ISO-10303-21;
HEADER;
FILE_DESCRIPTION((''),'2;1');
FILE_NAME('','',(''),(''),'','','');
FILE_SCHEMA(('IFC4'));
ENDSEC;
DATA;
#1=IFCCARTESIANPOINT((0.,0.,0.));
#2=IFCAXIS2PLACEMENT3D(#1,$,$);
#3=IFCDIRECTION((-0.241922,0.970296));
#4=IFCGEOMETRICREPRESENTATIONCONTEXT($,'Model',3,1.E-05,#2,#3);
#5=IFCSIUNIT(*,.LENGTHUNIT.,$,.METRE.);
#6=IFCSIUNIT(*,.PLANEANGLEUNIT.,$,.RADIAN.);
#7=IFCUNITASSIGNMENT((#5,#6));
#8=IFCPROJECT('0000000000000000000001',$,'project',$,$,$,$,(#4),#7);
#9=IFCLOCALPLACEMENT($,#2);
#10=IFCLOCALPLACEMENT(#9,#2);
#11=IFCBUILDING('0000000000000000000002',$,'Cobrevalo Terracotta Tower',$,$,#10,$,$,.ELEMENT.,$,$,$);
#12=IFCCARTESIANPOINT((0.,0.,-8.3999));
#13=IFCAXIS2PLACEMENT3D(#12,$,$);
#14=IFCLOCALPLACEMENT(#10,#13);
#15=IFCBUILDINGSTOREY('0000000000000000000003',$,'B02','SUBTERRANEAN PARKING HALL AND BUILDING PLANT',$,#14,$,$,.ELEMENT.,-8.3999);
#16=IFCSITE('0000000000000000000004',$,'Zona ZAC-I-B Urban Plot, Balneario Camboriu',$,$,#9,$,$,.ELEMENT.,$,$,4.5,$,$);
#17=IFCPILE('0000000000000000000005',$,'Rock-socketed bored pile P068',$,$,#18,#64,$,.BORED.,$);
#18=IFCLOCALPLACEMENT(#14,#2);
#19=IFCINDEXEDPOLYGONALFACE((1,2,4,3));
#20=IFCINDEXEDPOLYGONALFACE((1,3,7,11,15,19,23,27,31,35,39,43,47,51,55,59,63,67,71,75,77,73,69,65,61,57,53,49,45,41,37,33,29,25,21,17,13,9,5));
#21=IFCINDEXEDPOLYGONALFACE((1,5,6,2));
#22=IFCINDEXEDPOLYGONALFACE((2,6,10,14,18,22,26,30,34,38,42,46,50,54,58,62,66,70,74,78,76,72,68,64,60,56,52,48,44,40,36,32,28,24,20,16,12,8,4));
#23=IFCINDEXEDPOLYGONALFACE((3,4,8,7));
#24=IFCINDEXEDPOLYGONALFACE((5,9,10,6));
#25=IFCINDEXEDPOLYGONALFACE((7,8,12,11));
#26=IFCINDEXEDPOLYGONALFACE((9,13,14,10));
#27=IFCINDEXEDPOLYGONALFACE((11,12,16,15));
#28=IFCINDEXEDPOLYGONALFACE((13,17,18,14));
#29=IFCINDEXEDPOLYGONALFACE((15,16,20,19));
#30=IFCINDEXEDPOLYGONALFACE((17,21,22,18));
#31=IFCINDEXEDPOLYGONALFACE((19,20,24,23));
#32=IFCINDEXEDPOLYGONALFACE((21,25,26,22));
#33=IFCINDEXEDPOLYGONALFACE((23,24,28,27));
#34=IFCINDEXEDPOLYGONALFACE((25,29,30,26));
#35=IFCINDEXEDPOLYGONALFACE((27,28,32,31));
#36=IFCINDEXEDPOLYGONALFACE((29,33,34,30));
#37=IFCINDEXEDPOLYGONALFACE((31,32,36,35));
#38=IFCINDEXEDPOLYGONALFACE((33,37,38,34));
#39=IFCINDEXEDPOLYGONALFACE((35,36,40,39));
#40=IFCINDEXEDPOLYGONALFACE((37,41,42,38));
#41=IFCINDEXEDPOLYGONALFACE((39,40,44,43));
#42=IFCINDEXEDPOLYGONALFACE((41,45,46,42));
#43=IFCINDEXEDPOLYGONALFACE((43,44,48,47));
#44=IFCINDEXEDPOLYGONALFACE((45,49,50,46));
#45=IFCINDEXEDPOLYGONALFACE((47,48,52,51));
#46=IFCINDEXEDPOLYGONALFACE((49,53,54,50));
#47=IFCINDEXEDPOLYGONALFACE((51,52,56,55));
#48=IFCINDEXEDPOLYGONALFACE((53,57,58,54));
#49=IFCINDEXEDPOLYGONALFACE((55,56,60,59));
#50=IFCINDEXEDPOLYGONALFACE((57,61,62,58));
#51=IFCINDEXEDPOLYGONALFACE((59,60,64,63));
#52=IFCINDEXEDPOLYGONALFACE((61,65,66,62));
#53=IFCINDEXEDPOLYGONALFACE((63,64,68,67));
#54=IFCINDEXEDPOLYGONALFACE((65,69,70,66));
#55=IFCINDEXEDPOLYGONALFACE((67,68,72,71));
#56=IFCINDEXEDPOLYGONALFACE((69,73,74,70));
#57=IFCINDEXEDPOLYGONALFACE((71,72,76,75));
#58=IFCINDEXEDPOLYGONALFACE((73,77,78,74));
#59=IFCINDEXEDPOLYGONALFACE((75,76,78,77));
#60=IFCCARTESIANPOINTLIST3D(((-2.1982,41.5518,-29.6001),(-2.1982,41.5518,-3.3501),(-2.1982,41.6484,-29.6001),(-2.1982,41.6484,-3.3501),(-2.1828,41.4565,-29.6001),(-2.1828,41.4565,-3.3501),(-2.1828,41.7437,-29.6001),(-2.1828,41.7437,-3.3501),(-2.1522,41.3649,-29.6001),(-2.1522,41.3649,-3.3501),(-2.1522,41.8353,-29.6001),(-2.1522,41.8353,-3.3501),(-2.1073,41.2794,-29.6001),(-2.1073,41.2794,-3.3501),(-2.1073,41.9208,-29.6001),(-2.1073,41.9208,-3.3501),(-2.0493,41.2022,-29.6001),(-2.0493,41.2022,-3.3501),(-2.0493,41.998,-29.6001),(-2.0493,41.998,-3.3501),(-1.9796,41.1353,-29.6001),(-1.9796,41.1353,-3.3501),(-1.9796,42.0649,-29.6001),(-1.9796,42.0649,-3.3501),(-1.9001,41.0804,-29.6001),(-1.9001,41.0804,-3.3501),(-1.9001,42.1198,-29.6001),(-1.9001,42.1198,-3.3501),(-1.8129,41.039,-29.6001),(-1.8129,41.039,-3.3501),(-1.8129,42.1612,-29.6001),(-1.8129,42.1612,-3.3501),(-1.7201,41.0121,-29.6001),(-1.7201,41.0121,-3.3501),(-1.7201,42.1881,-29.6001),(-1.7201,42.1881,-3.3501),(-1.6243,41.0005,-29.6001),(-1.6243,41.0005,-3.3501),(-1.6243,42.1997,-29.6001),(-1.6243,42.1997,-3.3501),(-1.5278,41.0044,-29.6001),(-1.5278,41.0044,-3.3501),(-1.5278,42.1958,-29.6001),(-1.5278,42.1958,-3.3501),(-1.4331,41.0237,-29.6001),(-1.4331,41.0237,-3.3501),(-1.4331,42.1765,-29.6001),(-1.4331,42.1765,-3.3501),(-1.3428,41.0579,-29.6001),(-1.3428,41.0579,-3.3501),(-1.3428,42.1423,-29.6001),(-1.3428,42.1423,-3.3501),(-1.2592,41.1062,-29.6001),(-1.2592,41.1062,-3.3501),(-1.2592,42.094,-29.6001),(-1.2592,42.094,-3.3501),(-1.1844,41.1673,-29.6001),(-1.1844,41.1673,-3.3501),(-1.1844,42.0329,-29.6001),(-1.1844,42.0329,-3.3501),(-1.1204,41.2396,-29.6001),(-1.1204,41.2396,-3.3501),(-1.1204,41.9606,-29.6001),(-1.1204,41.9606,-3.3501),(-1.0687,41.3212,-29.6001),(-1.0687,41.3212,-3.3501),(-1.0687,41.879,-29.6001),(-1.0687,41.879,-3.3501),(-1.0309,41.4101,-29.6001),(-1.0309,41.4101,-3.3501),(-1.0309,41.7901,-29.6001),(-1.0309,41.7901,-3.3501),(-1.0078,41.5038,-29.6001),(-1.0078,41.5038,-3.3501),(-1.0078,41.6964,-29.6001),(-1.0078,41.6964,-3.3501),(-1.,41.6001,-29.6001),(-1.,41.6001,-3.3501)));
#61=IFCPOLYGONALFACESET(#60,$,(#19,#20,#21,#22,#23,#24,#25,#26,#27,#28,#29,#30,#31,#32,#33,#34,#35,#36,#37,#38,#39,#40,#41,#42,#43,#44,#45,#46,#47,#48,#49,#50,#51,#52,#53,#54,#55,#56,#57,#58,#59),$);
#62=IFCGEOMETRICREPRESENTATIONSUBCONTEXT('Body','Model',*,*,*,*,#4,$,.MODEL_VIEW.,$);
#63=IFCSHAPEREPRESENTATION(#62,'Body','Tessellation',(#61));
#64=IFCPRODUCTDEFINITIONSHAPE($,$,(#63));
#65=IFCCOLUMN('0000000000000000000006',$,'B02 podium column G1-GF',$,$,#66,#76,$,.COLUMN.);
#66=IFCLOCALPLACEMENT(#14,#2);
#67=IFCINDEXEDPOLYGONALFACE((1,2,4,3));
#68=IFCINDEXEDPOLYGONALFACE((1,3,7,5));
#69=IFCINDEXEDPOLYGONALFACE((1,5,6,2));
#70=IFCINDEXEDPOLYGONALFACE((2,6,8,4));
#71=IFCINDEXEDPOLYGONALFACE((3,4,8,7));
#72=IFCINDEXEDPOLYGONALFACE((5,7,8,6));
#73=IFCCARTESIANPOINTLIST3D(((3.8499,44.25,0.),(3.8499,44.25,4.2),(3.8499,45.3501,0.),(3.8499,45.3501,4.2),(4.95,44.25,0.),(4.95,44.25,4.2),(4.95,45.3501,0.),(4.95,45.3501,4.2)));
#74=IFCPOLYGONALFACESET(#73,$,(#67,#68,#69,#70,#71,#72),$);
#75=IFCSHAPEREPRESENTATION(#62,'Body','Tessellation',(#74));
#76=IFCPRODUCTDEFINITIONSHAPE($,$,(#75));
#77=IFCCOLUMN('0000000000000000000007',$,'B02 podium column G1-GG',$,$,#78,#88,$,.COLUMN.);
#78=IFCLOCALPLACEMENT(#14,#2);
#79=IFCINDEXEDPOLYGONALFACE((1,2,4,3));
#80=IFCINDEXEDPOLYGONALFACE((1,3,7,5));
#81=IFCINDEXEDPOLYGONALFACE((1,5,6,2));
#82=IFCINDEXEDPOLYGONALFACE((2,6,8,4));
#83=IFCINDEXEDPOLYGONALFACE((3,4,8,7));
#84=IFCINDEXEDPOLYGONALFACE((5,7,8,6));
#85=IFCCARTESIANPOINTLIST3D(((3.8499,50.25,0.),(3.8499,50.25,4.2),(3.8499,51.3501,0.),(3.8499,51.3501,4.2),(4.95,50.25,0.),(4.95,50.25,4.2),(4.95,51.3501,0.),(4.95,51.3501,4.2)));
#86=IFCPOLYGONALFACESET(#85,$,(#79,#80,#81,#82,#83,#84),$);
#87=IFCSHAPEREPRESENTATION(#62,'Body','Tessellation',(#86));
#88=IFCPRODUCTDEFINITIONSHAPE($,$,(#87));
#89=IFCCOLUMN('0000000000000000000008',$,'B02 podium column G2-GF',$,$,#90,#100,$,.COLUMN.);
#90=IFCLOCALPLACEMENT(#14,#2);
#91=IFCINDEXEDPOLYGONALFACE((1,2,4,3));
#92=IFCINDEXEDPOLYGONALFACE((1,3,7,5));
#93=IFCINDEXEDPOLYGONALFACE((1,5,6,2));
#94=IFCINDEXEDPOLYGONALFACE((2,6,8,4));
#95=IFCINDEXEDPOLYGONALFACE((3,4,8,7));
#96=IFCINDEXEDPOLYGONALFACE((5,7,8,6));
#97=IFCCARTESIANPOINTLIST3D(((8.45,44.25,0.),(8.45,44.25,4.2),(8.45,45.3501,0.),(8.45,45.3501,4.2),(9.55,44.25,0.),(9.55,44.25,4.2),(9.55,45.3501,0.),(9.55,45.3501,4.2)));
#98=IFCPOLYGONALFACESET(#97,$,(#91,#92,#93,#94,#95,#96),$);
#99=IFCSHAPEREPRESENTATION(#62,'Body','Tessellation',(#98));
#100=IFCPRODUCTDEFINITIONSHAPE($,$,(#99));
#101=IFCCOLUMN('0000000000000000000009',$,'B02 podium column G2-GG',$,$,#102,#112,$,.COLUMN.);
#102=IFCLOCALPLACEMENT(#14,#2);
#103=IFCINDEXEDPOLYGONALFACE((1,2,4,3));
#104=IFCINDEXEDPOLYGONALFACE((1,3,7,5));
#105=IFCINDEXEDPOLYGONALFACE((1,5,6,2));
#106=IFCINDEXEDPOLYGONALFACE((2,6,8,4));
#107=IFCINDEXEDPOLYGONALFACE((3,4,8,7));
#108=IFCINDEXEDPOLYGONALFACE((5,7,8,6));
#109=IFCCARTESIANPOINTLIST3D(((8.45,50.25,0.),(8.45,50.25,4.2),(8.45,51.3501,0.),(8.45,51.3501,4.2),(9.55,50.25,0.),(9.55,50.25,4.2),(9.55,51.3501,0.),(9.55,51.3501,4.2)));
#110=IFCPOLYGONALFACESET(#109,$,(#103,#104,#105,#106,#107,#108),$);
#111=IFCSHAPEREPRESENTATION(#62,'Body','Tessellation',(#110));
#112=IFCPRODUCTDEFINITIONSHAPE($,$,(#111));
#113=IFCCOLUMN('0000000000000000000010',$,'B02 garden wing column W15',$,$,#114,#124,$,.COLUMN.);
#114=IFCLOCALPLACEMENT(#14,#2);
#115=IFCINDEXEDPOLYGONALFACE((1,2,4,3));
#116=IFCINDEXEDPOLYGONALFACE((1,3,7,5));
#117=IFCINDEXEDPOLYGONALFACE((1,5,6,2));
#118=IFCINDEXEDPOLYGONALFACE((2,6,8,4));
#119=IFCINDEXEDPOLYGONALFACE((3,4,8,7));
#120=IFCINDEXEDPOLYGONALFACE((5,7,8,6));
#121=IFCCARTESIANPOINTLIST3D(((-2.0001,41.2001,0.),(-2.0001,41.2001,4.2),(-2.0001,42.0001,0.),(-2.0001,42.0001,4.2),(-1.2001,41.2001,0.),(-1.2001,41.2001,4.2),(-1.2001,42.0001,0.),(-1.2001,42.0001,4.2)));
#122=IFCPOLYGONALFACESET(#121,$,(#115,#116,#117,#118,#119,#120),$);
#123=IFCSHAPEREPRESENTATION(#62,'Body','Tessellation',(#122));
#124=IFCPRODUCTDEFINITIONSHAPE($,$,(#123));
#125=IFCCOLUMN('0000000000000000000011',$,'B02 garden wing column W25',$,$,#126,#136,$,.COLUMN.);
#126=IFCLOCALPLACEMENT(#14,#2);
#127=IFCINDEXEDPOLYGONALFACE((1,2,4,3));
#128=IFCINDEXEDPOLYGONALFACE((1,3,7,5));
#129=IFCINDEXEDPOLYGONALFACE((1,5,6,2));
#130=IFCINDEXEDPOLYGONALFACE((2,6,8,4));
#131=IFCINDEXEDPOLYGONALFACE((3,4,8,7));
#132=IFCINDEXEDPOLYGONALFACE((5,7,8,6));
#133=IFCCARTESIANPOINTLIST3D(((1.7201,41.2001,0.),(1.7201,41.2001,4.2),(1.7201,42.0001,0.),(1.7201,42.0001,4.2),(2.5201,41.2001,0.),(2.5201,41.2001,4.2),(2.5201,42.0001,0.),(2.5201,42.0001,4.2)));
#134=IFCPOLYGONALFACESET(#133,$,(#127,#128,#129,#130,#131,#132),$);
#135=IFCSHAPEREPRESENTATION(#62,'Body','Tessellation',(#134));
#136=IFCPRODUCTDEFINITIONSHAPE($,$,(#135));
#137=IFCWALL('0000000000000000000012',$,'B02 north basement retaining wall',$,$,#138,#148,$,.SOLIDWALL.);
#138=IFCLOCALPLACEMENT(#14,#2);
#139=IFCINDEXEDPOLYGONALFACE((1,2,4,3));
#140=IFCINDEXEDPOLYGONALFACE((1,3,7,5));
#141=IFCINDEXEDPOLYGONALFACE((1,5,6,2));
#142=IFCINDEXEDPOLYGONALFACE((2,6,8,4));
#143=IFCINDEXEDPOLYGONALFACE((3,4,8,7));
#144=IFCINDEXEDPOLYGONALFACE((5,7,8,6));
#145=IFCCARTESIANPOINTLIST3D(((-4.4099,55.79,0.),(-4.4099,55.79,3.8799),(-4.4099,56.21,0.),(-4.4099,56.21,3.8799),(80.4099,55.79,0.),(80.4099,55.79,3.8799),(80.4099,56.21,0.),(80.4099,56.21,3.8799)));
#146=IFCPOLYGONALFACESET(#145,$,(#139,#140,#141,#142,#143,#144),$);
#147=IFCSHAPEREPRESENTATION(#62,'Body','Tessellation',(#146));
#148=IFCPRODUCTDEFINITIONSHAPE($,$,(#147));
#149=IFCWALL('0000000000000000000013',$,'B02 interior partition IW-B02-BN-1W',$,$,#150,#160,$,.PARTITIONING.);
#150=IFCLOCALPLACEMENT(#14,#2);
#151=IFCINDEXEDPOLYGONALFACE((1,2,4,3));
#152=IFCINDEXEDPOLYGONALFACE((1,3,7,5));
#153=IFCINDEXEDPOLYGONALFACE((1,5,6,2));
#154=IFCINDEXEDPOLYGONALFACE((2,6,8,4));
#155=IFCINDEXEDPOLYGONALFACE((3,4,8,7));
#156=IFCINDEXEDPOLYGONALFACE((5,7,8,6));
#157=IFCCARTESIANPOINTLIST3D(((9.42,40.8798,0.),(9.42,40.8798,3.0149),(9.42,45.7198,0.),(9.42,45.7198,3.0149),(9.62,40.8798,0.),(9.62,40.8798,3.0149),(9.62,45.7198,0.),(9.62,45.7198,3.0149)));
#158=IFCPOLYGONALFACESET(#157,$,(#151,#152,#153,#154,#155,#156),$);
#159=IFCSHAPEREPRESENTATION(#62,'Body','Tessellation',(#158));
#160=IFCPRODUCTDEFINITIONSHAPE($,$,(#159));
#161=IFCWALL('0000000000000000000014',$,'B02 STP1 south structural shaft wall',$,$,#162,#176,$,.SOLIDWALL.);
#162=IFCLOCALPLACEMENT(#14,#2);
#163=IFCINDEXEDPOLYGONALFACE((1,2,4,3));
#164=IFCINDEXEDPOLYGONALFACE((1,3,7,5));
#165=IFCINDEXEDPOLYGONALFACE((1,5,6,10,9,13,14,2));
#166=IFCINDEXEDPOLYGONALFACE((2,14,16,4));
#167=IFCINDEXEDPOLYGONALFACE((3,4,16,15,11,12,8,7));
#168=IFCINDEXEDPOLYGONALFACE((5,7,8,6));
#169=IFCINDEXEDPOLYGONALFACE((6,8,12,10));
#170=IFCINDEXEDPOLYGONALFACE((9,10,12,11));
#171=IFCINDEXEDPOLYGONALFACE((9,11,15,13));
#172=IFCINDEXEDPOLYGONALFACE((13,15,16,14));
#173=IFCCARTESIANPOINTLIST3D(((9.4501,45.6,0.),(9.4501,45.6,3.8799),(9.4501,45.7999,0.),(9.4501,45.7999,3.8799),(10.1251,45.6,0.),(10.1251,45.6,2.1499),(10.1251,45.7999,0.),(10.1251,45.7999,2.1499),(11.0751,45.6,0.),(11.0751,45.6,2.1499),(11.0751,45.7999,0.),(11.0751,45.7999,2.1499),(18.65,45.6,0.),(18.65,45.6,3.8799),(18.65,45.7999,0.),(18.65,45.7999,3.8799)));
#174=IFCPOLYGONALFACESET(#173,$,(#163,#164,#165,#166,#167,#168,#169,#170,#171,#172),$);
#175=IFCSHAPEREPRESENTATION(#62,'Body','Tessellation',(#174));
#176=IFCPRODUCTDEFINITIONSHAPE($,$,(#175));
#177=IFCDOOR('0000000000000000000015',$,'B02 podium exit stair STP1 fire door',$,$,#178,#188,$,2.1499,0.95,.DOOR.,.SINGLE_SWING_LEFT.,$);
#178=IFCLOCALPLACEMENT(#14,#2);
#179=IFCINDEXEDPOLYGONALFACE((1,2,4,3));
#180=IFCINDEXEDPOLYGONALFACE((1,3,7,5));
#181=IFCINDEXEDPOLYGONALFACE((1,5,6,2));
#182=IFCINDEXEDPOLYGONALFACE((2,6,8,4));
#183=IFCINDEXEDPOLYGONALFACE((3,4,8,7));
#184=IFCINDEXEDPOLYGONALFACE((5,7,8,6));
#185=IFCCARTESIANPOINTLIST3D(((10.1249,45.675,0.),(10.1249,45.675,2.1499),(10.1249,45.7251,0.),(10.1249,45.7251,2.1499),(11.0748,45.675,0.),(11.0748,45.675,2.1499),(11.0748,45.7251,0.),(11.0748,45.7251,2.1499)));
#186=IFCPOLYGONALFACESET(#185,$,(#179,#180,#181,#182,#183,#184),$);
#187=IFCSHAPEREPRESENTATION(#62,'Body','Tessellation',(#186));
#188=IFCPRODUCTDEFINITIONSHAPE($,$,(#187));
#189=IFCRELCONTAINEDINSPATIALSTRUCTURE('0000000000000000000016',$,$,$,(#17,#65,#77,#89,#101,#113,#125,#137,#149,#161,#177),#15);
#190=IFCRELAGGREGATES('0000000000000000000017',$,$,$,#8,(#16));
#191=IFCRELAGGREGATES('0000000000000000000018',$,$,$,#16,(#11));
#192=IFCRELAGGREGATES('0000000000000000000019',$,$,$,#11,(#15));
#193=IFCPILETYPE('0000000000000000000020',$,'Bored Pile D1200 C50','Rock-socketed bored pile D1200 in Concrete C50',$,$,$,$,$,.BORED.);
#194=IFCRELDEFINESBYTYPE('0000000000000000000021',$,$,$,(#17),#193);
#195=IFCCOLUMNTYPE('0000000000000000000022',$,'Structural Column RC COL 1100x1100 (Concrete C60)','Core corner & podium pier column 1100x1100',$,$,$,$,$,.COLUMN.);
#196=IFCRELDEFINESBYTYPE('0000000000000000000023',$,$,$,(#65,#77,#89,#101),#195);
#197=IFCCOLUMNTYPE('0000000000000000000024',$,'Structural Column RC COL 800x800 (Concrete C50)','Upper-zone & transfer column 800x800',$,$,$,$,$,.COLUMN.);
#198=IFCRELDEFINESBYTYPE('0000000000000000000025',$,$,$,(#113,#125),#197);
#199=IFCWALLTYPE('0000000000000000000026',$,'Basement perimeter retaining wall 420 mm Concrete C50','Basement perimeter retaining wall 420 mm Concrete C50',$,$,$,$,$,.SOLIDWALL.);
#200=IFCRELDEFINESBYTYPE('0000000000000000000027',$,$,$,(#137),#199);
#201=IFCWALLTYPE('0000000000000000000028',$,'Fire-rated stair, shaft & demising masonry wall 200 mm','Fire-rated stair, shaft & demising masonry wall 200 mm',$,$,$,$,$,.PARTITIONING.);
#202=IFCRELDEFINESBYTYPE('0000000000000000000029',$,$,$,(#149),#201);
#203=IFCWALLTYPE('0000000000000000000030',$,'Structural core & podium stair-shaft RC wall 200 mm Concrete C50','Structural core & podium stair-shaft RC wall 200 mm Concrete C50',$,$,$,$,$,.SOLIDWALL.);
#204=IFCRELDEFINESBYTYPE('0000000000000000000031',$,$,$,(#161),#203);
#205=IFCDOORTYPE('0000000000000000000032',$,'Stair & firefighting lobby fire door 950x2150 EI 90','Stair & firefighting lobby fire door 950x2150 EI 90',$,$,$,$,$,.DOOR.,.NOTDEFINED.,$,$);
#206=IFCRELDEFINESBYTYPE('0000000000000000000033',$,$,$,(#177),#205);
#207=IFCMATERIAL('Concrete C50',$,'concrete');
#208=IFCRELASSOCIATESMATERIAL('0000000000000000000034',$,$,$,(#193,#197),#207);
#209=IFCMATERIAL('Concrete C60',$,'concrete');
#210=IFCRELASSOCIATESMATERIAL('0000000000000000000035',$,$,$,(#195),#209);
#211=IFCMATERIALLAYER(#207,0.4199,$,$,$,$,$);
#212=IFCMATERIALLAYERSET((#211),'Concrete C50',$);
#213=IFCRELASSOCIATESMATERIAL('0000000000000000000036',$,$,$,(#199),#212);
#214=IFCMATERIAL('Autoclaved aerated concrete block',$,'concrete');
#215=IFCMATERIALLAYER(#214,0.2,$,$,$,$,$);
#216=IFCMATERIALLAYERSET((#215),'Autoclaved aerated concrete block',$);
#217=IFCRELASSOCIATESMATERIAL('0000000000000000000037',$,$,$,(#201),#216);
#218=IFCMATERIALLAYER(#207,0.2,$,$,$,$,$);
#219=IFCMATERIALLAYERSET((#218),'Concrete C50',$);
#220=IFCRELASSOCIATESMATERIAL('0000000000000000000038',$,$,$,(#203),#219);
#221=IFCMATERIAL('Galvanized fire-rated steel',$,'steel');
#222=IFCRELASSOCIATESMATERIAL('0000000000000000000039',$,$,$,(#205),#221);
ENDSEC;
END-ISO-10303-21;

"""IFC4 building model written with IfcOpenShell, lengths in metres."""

from ifc_helpers import new_model, si_unit, direction, frame, frame_2d, origin, origin_2d, place, context, subcontext, project, spatial, rectangle, circle, extrude, source, transform, mapped, material, layer, layer_set, material_profile, profile_set, type_object, element, fill, save


model = new_model("IFC4")

# Units and contexts
model_context = context("Model", 3, precision=1e-05, world=origin(), true_north=direction((-0.241922, 0.970296)))
body_context = subcontext(model_context, "Body", "Model", "MODEL_VIEW")
ifc_project = project(units=[si_unit("LENGTHUNIT", "METRE"), si_unit("PLANEANGLEUNIT", "RADIAN")], contexts=[model_context])

# Site, building, storey
site_placement = place(None, origin())
site = spatial("IfcSite", under=ifc_project, at=site_placement, Name="Zona ZAC-I-B Urban Plot, Balneario Camboriu", CompositionType="ELEMENT", RefElevation=4.5)
building_placement = place(site_placement, origin())
building = spatial("IfcBuilding", under=site, at=building_placement, Name="Cobrevalo Terracotta Tower", CompositionType="ELEMENT")
storey_placement = place(building_placement, frame((0.0, 0.0, -8.3999)))
storey = spatial("IfcBuildingStorey", under=building, at=storey_placement, Name="B02", Description="SUBTERRANEAN PARKING HALL AND BUILDING PLANT", CompositionType="ELEMENT", Elevation=-8.3999)

# Pile
ifc_material_1 = material(Name="Concrete C50", Category="concrete")
ifc_material_profile_1 = material_profile(ifc_material_1, circle(Radius=0.6001, at=origin_2d()), Name="PILE D1200")
ifc_profile_set_1 = profile_set([ifc_material_profile_1], Name="Concrete C50")
pile_type = type_object("IfcPileType", Name="Bored Pile D1200 C50", Description="Rock-socketed bored pile D1200 in Concrete C50", PredefinedType="BORED", material=ifc_profile_set_1)
for number, where, z_axis, x_axis, name in (
    (1, (-1.6001, 41.6001, -3.3501), (0.0, 0.0, -1.0), (1.0, 0.0, 0.0), "Rock-socketed bored pile P068"),
):
    element("IfcPile", number, at=place(storey_placement, frame(where, z_axis=z_axis, x_axis=x_axis)), inside=storey, type_object=pile_type, Name=name, PredefinedType="BORED", context=body_context, shape_type="SweptSolid", body=[
        extrude(circle(Radius=0.6001, at=origin_2d()), origin(), (0.0, 0.0, 1.0), 26.25),
    ])

# Columns
ifc_material_2 = material(Name="Concrete C60", Category="concrete")
ifc_material_profile_2 = material_profile(ifc_material_2, rectangle(XDim=1.1001, YDim=1.1001, at=origin_2d()), Name="RC COL 1100x1100")
ifc_profile_set_2 = profile_set([ifc_material_profile_2], Name="Concrete C60")
column_type_1 = type_object("IfcColumnType", Name="Structural Column RC COL 1100x1100 (Concrete C60)", Description="Core corner & podium pier column 1100x1100", PredefinedType="COLUMN", material=ifc_profile_set_2)
for number, where, z_axis, x_axis, name in (
    (2, (4.3999, 44.8, 0.0), (0.0, 0.0, 1.0), (1.0, 0.0, 0.0), "B02 podium column G1-GF"),
    (3, (4.3999, 50.8, 0.0), (0.0, 0.0, 1.0), (1.0, 0.0, 0.0), "B02 podium column G1-GG"),
    (4, (9.0, 44.8, 0.0), (0.0, 0.0, 1.0), (1.0, 0.0, 0.0), "B02 podium column G2-GF"),
    (5, (9.0, 50.8, 0.0), (0.0, 0.0, 1.0), (1.0, 0.0, 0.0), "B02 podium column G2-GG"),
):
    element("IfcColumn", number, at=place(storey_placement, frame(where, z_axis=z_axis, x_axis=x_axis)), inside=storey, type_object=column_type_1, Name=name, PredefinedType="COLUMN", context=body_context, shape_type="SweptSolid", body=[
        extrude(rectangle(XDim=1.1001, YDim=1.1001, at=origin_2d()), origin(), (0.0, 0.0, 1.0), 4.2),
    ])
ifc_material_profile_3 = material_profile(ifc_material_1, rectangle(XDim=0.8, YDim=0.8, at=origin_2d()), Name="RC COL 800x800")
ifc_profile_set_3 = profile_set([ifc_material_profile_3], Name="Concrete C50")
column_type_2 = type_object("IfcColumnType", Name="Structural Column RC COL 800x800 (Concrete C50)", Description="Upper-zone & transfer column 800x800", PredefinedType="COLUMN", material=ifc_profile_set_3)
for number, where, z_axis, x_axis, name in (
    (6, (-1.6001, 41.6001, 0.0), (0.0, 0.0, 1.0), (1.0, 0.0, 0.0), "B02 garden wing column W15"),
    (7, (2.1201, 41.6001, 0.0), (0.0, 0.0, 1.0), (1.0, 0.0, 0.0), "B02 garden wing column W25"),
):
    element("IfcColumn", number, at=place(storey_placement, frame(where, z_axis=z_axis, x_axis=x_axis)), inside=storey, type_object=column_type_2, Name=name, PredefinedType="COLUMN", context=body_context, shape_type="SweptSolid", body=[
        extrude(rectangle(XDim=0.8, YDim=0.8, at=origin_2d()), origin(), (0.0, 0.0, 1.0), 4.2),
    ])

# Walls
ifc_layer_1 = layer(ifc_material_1, 0.4199)
ifc_layer_set_1 = layer_set([ifc_layer_1], Name="Concrete C50")
wall_type_1 = type_object("IfcWallType", Name="Basement perimeter retaining wall 420 mm Concrete C50", Description="Basement perimeter retaining wall 420 mm Concrete C50", PredefinedType="SOLIDWALL", material=ifc_layer_set_1)
wall_1_placement = place(storey_placement, frame((-4.4099, 56.0, 0.0), z_axis=(0.0, 0.0, 1.0), x_axis=(1.0, 0.0, 0.0)))
element("IfcWall", 8, at=wall_1_placement, inside=storey, type_object=wall_type_1, Name="B02 north basement retaining wall", PredefinedType="SOLIDWALL", context=body_context, shape_type="SweptSolid", body=[
    extrude(rectangle(XDim=84.8198, YDim=0.4199, at=frame_2d((42.4099, 0.0))), origin(), (0.0, 0.0, 1.0), 3.8799),
])
ifc_material_3 = material(Name="Autoclaved aerated concrete block", Category="concrete")
ifc_layer_2 = layer(ifc_material_3, 0.2)
ifc_layer_set_2 = layer_set([ifc_layer_2], Name="Autoclaved aerated concrete block")
wall_type_2 = type_object("IfcWallType", Name="Fire-rated stair, shaft & demising masonry wall 200 mm", Description="Fire-rated stair, shaft & demising masonry wall 200 mm", PredefinedType="PARTITIONING", material=ifc_layer_set_2)
wall_2_placement = place(storey_placement, frame((9.52, 40.8799, 0.0), z_axis=(0.0, 0.0, 1.0), x_axis=(0.0, 1.0, 0.0)))
element("IfcWall", 9, at=wall_2_placement, inside=storey, type_object=wall_type_2, Name="B02 interior partition IW-B02-BN-1W", PredefinedType="PARTITIONING", context=body_context, shape_type="SweptSolid", body=[
    extrude(rectangle(XDim=4.8401, YDim=0.2, at=frame_2d((2.4199, 0.0))), origin(), (0.0, 0.0, 1.0), 3.0149),
])

# Wall, opening, door
ifc_layer_3 = layer(ifc_material_1, 0.2)
ifc_layer_set_3 = layer_set([ifc_layer_3], Name="Concrete C50")
wall_type_3 = type_object("IfcWallType", Name="Structural core & podium stair-shaft RC wall 200 mm Concrete C50", Description="Structural core & podium stair-shaft RC wall 200 mm Concrete C50", PredefinedType="SOLIDWALL", material=ifc_layer_set_3)
wall_3_placement = place(storey_placement, frame((9.45, 45.7, 0.0), z_axis=(0.0, 0.0, 1.0), x_axis=(1.0, 0.0, 0.0)))
wall_3 = element("IfcWall", 10, at=wall_3_placement, inside=storey, type_object=wall_type_3, Name="B02 STP1 south structural shaft wall", PredefinedType="SOLIDWALL", context=body_context, shape_type="SweptSolid", body=[
    extrude(rectangle(XDim=9.2, YDim=0.2, at=frame_2d((4.6001, 0.0))), origin(), (0.0, 0.0, 1.0), 3.8799),
])
opening_placement = place(wall_3_placement, frame((0.675, 0.0, 0.0)))
opening = element("IfcOpeningElement", 11, at=opening_placement, cuts=wall_3, PredefinedType="OPENING", context=body_context, shape_type="SweptSolid", body=[
    extrude(rectangle(XDim=0.95, YDim=2.1499, at=frame_2d((0.4751, 1.075))), frame((0.0, 0.1099, 0.0), z_axis=(0.0, -1.0, 0.0), x_axis=(1.0, 0.0, 0.0)), (0.0, 0.0, 1.0), 0.22),
])
ifc_material_4 = material(Name="Galvanized fire-rated steel", Category="steel")
door_type = type_object("IfcDoorType", Name="Stair & firefighting lobby fire door 950x2150 EI 90", Description="Stair & firefighting lobby fire door 950x2150 EI 90", OperationType="NOTDEFINED", PredefinedType="DOOR", material=ifc_material_4)
shared_shape = source(origin(), body_context, "Body", "SweptSolid", [
    extrude(rectangle(XDim=0.95, YDim=2.1499, at=frame_2d((0.4751, 1.075))), frame((0.0, 0.0249, 0.0), z_axis=(0.0, -1.0, 0.0), x_axis=(1.0, 0.0, 0.0)), (0.0, 0.0, 1.0), 0.05),
])
door_placement = place(opening_placement, frame((0.95, 0.0, 0.0), z_axis=(0.0, 0.0, 1.0), x_axis=(-1.0, 0.0, 0.0)))
door = element("IfcDoor", 12, at=door_placement, inside=storey, type_object=door_type, Name="B02 podium exit stair STP1 fire door", OperationType="SINGLE_SWING_LEFT", OverallHeight=2.1499, OverallWidth=0.95, PredefinedType="DOOR", context=body_context, shape_type="MappedRepresentation", body=[
    mapped(shared_shape, transform((0.0, 0.0, 0.0), scale=1.0)),
])
fill(opening, door)

save(model, "model.ifc")
